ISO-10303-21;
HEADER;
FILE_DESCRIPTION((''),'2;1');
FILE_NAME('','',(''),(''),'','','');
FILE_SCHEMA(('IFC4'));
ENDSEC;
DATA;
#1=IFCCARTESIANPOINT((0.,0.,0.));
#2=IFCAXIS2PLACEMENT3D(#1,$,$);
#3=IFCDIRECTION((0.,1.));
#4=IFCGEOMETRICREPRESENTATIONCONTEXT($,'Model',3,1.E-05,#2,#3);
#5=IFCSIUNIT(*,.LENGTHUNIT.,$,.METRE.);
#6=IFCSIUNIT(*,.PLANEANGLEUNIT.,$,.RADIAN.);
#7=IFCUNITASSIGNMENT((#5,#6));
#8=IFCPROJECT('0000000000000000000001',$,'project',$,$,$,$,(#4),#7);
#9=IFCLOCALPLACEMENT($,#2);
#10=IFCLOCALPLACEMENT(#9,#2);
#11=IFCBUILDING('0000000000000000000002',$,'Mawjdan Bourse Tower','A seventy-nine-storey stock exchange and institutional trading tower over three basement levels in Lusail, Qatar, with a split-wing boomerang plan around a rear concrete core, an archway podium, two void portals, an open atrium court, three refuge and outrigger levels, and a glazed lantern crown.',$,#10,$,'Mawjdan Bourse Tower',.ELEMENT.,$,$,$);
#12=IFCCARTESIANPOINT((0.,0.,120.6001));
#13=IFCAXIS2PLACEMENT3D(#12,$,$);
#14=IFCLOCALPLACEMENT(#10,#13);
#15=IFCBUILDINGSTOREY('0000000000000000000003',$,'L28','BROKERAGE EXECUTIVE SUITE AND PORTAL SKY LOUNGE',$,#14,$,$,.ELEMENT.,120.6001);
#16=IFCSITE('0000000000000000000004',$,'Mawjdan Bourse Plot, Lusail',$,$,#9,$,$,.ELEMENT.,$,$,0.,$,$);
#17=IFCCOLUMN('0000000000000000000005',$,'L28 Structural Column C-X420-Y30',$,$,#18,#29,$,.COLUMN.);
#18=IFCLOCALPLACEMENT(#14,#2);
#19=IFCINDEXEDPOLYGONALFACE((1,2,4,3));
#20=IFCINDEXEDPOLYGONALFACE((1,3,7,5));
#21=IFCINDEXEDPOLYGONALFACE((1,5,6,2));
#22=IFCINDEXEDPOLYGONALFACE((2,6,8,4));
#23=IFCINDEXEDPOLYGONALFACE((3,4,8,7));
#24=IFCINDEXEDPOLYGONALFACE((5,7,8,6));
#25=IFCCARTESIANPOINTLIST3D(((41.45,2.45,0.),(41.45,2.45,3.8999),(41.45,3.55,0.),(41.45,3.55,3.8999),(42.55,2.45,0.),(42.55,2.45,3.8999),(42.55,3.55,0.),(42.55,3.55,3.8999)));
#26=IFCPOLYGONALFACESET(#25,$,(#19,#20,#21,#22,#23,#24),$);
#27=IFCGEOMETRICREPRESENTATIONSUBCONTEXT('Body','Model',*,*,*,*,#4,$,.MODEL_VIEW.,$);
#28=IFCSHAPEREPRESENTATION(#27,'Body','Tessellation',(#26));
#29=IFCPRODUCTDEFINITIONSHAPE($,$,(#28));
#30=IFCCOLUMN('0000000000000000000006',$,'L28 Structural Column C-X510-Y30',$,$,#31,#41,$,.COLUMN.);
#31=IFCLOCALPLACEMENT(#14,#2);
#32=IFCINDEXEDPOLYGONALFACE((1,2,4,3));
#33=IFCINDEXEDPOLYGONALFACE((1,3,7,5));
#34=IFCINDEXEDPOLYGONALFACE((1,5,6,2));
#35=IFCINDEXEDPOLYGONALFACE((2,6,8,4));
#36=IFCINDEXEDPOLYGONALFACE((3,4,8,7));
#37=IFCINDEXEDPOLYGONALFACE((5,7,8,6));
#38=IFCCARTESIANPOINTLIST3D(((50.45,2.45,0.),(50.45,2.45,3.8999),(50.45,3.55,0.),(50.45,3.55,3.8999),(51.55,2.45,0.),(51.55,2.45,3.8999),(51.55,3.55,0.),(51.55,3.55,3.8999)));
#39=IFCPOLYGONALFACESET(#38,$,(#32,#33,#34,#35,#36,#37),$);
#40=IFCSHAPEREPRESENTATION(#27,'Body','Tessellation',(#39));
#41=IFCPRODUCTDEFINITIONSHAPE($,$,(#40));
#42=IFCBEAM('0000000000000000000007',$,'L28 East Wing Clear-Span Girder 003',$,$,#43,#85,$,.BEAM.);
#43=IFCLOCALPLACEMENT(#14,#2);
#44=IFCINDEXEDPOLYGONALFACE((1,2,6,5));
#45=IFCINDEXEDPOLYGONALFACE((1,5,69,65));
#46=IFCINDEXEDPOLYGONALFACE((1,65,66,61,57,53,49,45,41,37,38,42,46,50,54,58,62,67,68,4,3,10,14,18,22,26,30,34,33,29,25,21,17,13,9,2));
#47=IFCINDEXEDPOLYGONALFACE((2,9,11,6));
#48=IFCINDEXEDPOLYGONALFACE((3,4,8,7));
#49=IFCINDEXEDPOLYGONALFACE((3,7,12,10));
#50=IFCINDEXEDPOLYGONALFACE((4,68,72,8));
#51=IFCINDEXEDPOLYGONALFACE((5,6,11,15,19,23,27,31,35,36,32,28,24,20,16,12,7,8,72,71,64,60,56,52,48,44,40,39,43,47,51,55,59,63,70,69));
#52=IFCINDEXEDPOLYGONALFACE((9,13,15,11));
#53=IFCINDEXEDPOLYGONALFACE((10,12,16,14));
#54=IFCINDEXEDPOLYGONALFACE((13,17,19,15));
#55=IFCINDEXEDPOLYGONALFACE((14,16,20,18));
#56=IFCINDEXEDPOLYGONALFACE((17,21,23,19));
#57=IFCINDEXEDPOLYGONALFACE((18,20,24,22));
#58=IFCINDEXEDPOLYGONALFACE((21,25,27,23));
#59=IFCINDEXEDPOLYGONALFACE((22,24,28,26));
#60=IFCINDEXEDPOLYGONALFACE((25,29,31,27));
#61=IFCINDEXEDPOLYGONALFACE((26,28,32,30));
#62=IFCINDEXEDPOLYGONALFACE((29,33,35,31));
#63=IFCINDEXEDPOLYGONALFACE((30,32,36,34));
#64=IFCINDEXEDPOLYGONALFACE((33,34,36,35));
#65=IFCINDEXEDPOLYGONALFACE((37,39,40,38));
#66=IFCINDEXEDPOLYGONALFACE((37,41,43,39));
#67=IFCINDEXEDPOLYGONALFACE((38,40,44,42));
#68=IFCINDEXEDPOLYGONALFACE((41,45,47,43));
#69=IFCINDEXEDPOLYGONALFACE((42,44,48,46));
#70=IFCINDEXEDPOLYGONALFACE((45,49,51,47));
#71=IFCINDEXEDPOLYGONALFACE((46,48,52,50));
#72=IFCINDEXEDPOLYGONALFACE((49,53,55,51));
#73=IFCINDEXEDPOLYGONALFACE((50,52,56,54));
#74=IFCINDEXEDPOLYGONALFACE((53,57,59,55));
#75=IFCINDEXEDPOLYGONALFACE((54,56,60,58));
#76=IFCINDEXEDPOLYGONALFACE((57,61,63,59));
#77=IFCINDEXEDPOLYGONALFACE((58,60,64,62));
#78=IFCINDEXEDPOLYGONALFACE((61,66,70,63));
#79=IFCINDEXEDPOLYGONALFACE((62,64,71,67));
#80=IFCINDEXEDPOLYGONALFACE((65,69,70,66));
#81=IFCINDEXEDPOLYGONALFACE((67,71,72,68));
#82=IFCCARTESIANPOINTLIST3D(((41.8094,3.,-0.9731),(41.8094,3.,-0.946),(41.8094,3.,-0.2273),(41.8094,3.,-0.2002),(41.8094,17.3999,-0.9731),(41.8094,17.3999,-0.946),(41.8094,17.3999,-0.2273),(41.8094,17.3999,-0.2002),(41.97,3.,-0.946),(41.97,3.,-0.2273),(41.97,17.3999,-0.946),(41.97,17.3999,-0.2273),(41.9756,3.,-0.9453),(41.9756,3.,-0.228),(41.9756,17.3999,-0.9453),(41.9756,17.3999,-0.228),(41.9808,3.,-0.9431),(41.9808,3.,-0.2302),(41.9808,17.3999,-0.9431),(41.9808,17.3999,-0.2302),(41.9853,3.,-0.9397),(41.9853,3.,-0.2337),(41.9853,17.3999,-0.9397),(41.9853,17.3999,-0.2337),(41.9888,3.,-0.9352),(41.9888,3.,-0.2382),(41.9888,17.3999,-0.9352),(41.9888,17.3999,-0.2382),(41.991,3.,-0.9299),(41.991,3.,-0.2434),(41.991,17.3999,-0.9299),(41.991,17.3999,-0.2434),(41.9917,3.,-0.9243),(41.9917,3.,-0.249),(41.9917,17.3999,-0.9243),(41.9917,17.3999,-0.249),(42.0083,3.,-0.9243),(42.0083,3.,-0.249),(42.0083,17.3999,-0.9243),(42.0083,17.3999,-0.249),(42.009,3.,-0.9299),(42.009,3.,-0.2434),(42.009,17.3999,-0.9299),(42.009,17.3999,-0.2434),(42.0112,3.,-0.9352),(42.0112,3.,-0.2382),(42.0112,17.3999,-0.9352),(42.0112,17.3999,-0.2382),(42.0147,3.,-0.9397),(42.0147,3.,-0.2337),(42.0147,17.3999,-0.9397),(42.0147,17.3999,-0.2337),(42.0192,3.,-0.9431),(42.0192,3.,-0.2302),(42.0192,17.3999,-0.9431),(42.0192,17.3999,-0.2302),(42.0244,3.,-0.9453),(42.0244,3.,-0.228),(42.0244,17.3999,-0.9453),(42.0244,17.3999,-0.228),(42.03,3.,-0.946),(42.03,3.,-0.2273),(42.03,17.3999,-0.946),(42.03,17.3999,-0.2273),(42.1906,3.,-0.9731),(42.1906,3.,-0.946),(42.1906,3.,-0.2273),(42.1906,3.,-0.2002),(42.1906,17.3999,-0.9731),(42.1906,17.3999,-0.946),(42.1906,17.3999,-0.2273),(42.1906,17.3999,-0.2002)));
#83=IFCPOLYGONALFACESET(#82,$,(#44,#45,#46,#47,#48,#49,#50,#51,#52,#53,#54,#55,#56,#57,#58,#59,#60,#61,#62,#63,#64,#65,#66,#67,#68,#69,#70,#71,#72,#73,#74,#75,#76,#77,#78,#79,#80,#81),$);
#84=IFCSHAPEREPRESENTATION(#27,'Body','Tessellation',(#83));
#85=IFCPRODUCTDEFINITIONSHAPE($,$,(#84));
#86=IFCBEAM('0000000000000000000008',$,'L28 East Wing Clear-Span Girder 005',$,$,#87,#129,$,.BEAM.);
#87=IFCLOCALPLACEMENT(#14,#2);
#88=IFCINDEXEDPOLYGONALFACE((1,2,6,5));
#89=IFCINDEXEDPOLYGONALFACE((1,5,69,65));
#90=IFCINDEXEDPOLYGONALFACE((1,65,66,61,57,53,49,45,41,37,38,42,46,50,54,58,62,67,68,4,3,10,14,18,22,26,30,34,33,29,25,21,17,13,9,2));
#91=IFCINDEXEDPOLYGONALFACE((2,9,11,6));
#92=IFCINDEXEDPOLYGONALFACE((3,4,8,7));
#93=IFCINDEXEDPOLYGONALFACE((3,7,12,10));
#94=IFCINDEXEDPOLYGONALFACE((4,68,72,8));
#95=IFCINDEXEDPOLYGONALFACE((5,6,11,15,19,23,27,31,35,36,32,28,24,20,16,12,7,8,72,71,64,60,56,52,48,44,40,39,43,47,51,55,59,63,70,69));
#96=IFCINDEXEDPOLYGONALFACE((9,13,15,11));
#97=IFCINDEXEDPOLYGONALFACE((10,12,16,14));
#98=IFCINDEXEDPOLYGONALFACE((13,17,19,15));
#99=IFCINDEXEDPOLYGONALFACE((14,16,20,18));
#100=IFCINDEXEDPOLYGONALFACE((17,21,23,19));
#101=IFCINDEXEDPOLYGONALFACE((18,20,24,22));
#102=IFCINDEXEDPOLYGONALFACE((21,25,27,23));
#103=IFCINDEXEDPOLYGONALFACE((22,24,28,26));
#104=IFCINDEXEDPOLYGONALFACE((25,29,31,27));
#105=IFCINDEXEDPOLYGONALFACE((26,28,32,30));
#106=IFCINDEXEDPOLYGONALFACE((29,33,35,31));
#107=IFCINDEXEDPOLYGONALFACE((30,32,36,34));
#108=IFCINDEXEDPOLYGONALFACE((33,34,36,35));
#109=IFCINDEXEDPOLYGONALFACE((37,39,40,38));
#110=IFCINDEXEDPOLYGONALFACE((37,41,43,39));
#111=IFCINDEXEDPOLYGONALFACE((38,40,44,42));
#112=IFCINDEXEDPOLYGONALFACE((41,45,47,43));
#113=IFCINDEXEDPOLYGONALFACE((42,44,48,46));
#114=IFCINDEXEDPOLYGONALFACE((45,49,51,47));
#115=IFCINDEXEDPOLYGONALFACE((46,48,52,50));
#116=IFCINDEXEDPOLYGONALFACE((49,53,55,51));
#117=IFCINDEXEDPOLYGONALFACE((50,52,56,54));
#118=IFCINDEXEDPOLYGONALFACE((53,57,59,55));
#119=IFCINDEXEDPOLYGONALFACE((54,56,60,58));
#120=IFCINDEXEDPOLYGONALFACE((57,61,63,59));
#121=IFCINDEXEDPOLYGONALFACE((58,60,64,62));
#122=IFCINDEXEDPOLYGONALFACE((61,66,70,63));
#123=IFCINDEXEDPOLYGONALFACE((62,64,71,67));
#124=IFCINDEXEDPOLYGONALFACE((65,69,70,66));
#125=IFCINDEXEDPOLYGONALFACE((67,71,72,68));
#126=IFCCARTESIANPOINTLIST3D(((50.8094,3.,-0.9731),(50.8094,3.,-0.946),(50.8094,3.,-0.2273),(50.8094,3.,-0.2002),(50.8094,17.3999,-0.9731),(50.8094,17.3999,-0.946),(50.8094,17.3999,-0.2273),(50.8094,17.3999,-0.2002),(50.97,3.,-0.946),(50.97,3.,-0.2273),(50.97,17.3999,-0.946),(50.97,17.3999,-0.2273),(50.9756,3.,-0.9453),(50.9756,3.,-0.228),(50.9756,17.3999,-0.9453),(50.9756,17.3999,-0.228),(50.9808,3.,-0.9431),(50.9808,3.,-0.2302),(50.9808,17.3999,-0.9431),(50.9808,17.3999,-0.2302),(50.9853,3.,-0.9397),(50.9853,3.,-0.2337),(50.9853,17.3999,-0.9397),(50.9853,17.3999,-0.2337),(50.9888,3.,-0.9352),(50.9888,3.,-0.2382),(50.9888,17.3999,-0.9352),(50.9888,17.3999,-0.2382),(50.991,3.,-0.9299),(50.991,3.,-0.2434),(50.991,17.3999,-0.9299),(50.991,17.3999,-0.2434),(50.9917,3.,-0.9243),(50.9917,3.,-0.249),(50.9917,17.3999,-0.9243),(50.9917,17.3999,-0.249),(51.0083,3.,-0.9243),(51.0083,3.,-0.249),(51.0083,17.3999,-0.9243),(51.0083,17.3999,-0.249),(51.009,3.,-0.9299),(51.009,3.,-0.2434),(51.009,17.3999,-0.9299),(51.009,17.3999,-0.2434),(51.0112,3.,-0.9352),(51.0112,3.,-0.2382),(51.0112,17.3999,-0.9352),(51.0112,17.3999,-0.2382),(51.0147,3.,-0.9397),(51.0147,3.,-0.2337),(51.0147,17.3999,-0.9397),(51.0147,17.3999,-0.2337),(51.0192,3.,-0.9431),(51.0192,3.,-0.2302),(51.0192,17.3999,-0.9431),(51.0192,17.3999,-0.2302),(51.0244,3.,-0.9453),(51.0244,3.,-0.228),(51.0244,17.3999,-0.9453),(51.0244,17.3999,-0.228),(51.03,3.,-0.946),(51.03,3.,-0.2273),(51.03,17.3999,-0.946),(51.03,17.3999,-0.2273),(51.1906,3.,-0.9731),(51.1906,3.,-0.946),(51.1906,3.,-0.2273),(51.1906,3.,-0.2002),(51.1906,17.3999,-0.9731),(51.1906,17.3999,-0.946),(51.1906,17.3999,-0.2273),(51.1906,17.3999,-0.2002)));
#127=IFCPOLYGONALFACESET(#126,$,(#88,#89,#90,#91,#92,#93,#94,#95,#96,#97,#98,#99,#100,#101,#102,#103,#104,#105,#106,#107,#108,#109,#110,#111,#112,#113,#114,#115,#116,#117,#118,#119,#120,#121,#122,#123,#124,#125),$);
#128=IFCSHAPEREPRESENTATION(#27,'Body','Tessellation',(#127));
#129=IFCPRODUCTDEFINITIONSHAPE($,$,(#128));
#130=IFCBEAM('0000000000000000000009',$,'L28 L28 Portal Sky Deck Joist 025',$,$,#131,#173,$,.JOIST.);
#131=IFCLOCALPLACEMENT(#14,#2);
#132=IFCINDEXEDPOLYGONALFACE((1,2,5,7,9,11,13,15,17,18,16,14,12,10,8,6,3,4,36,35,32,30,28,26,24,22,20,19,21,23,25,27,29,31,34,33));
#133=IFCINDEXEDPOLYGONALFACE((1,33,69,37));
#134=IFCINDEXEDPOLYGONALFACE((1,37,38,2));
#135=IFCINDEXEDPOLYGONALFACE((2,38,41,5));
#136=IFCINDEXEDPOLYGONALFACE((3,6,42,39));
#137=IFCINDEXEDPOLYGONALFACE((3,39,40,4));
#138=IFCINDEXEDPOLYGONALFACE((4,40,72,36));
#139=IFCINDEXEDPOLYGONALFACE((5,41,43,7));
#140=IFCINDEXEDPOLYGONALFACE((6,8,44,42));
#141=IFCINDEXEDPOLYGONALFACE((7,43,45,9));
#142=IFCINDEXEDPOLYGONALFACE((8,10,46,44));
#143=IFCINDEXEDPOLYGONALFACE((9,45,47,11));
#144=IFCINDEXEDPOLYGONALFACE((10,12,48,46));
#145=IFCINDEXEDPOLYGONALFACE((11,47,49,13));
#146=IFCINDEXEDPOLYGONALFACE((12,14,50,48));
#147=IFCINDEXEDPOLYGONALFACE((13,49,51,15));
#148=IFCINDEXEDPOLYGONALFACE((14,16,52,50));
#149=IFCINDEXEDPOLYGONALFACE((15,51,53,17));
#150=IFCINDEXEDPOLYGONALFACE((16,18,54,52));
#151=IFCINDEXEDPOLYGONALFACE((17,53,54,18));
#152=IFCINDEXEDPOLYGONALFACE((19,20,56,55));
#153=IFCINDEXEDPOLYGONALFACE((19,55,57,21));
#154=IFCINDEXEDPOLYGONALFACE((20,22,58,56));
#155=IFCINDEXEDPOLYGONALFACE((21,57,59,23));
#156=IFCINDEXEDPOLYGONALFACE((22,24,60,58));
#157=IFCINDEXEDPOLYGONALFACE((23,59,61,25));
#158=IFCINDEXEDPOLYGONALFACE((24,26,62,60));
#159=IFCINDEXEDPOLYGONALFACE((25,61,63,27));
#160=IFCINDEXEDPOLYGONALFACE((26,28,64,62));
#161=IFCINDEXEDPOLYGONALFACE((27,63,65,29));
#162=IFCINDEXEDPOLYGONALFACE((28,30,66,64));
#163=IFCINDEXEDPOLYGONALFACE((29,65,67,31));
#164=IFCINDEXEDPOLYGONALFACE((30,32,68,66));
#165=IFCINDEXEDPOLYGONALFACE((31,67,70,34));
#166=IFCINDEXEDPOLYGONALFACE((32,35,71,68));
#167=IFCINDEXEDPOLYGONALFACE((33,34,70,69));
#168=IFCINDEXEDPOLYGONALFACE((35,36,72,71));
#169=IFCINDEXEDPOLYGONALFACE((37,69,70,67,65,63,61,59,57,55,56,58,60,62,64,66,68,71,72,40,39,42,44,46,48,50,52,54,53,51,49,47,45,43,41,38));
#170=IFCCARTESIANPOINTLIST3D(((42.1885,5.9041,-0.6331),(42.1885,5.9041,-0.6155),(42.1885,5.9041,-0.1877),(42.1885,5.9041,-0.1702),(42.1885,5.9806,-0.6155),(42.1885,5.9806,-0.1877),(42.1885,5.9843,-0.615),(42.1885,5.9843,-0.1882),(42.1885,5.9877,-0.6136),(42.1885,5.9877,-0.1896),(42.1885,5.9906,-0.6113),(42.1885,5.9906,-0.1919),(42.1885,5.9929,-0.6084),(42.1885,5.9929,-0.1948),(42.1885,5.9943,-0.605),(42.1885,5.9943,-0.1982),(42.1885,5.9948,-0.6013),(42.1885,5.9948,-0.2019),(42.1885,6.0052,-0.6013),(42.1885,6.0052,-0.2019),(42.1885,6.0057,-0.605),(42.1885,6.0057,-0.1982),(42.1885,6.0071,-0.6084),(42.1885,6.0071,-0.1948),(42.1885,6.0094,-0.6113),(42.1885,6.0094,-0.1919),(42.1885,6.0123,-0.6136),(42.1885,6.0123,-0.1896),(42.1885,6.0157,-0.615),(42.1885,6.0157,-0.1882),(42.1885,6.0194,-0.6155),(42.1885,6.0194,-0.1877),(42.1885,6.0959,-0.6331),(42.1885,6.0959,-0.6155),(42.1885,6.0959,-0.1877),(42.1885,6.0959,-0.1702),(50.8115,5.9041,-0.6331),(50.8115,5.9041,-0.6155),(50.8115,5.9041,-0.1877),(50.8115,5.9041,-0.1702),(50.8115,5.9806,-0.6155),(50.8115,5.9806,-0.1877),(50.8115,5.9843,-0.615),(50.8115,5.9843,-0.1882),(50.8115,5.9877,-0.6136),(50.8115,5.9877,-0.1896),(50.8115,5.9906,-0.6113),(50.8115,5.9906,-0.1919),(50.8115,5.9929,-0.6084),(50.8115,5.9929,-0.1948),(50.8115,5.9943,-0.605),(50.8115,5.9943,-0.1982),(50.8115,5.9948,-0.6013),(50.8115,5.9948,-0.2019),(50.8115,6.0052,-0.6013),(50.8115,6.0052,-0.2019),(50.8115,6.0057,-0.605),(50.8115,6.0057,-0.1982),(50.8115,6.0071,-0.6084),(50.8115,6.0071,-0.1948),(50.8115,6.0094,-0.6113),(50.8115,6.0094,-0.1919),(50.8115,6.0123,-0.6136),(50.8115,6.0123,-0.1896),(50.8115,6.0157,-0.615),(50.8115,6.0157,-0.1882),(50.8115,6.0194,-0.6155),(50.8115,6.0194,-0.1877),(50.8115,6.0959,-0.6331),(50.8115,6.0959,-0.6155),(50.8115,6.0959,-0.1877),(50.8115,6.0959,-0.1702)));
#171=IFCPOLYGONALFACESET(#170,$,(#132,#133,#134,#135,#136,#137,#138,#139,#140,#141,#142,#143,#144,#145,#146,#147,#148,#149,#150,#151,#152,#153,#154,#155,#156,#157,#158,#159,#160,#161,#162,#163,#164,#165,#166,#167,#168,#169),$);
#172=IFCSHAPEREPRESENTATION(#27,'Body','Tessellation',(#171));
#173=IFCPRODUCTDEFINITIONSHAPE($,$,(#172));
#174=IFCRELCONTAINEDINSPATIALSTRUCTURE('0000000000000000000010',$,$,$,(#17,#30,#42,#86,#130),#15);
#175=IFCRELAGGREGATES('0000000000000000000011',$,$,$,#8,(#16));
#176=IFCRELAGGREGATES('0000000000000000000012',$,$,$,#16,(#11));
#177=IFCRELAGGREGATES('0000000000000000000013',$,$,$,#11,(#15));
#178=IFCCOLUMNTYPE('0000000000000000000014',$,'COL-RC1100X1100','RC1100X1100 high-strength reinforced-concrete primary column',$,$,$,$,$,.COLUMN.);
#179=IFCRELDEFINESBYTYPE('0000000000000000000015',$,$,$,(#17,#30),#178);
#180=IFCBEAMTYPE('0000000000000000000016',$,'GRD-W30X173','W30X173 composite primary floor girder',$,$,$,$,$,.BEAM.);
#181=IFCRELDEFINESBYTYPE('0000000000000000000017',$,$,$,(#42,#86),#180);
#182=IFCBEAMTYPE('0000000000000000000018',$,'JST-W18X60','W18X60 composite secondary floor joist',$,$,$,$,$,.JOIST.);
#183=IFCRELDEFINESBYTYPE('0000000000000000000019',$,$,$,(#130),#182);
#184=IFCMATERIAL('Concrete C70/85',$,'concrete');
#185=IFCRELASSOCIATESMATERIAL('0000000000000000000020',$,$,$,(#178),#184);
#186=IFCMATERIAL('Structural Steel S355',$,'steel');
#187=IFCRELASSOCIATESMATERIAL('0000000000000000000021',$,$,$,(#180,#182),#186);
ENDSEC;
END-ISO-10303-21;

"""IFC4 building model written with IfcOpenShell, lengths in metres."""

from ifc_helpers import new_model, si_unit, direction, frame, origin, origin_2d, place, context, subcontext, project, spatial, rectangle, i_section, extrude, material, material_profile, profile_set, type_object, element, save


model = new_model("IFC4")

# Units and contexts
model_context = context("Model", 3, precision=1e-05, world=origin(), true_north=direction((0.0, 1.0)))
body_context = subcontext(model_context, "Body", "Model", "MODEL_VIEW")
ifc_project = project(units=[si_unit("LENGTHUNIT", "METRE"), si_unit("PLANEANGLEUNIT", "RADIAN")], contexts=[model_context])

# Site, building, storey
site_placement = place(None, origin())
site = spatial("IfcSite", under=ifc_project, at=site_placement, Name="Mawjdan Bourse Plot, Lusail", CompositionType="ELEMENT", RefElevation=0.0)
building_placement = place(site_placement, origin())
building = spatial("IfcBuilding", under=site, at=building_placement, Name="Mawjdan Bourse Tower", Description="A seventy-nine-storey stock exchange and institutional trading tower over three basement levels in Lusail, Qatar, with a split-wing boomerang plan around a rear concrete core, an archway podium, two void portals, an open atrium court, three refuge and outrigger levels, and a glazed lantern crown.", LongName="Mawjdan Bourse Tower", CompositionType="ELEMENT")
storey_placement = place(building_placement, frame((0.0, 0.0, 120.6001)))
storey = spatial("IfcBuildingStorey", under=building, at=storey_placement, Name="L28", Description="BROKERAGE EXECUTIVE SUITE AND PORTAL SKY LOUNGE", CompositionType="ELEMENT", Elevation=120.6001)

# Columns
ifc_material_1 = material(Name="Concrete C70/85", Category="concrete")
ifc_material_profile_1 = material_profile(ifc_material_1, rectangle(XDim=1.1001, YDim=1.1001, at=origin_2d()), Name="RC1100X1100")
ifc_profile_set_1 = profile_set([ifc_material_profile_1], Name="Concrete C70/85")
column_type = type_object("IfcColumnType", Name="COL-RC1100X1100", Description="RC1100X1100 high-strength reinforced-concrete primary column", PredefinedType="COLUMN", material=ifc_profile_set_1)
for number, where, z_axis, x_axis, name in (
    (1, (42.0, 3.0, 0.0), (0.0, 0.0, 1.0), (1.0, 0.0, 0.0), "L28 Structural Column C-X420-Y30"),
    (2, (51.0, 3.0, 0.0), (0.0, 0.0, 1.0), (1.0, 0.0, 0.0), "L28 Structural Column C-X510-Y30"),
):
    element("IfcColumn", number, at=place(storey_placement, frame(where, z_axis=z_axis, x_axis=x_axis)), inside=storey, type_object=column_type, Name=name, PredefinedType="COLUMN", context=body_context, shape_type="SweptSolid", body=[
        extrude(rectangle(XDim=1.1001, YDim=1.1001, at=origin_2d()), origin(), (0.0, 0.0, 1.0), 3.8999),
    ])

# Beams
ifc_material_2 = material(Name="Structural Steel S355", Category="steel")
ifc_material_profile_2 = material_profile(ifc_material_2, i_section(OverallWidth=0.3811, OverallDepth=0.7729, WebThickness=0.0166, FlangeThickness=0.0271, FilletRadius=0.0217, at=origin_2d()), Name="W30X173")
ifc_profile_set_2 = profile_set([ifc_material_profile_2], Name="Structural Steel S355")
beam_type_1 = type_object("IfcBeamType", Name="GRD-W30X173", Description="W30X173 composite primary floor girder", PredefinedType="BEAM", material=ifc_profile_set_2)
for number, where, z_axis, x_axis, name in (
    (3, (42.0, 3.0, -0.5867), (0.0, 1.0, 0.0), (-1.0, 0.0, 0.0), "L28 East Wing Clear-Span Girder 003"),
    (4, (51.0, 3.0, -0.5867), (0.0, 1.0, 0.0), (-1.0, 0.0, 0.0), "L28 East Wing Clear-Span Girder 005"),
):
    element("IfcBeam", number, at=place(storey_placement, frame(where, z_axis=z_axis, x_axis=x_axis)), inside=storey, type_object=beam_type_1, Name=name, PredefinedType="BEAM", context=body_context, shape_type="SweptSolid", body=[
        extrude(i_section(OverallWidth=0.3811, OverallDepth=0.7729, WebThickness=0.0166, FlangeThickness=0.0271, FilletRadius=0.0217, at=origin_2d()), origin(), (0.0, 0.0, 1.0), 14.3999),
    ])
ifc_material_profile_3 = material_profile(ifc_material_2, i_section(OverallWidth=0.1919, OverallDepth=0.4629, WebThickness=0.0105, FlangeThickness=0.0176, FilletRadius=0.0142, at=origin_2d()), Name="W18X60")
ifc_profile_set_3 = profile_set([ifc_material_profile_3], Name="Structural Steel S355")
beam_type_2 = type_object("IfcBeamType", Name="JST-W18X60", Description="W18X60 composite secondary floor joist", PredefinedType="JOIST", material=ifc_profile_set_3)
for number, where, z_axis, x_axis, name in (
    (5, (42.1885, 6.0, -0.4016), (1.0, 0.0, 0.0), (0.0, 1.0, 0.0), "L28 L28 Portal Sky Deck Joist 025"),
):
    element("IfcBeam", number, at=place(storey_placement, frame(where, z_axis=z_axis, x_axis=x_axis)), inside=storey, type_object=beam_type_2, Name=name, PredefinedType="JOIST", context=body_context, shape_type="SweptSolid", body=[
        extrude(i_section(OverallWidth=0.1919, OverallDepth=0.4629, WebThickness=0.0105, FlangeThickness=0.0176, FilletRadius=0.0142, at=origin_2d()), origin(), (0.0, 0.0, 1.0), 8.623),
    ])

save(model, "model.ifc")
